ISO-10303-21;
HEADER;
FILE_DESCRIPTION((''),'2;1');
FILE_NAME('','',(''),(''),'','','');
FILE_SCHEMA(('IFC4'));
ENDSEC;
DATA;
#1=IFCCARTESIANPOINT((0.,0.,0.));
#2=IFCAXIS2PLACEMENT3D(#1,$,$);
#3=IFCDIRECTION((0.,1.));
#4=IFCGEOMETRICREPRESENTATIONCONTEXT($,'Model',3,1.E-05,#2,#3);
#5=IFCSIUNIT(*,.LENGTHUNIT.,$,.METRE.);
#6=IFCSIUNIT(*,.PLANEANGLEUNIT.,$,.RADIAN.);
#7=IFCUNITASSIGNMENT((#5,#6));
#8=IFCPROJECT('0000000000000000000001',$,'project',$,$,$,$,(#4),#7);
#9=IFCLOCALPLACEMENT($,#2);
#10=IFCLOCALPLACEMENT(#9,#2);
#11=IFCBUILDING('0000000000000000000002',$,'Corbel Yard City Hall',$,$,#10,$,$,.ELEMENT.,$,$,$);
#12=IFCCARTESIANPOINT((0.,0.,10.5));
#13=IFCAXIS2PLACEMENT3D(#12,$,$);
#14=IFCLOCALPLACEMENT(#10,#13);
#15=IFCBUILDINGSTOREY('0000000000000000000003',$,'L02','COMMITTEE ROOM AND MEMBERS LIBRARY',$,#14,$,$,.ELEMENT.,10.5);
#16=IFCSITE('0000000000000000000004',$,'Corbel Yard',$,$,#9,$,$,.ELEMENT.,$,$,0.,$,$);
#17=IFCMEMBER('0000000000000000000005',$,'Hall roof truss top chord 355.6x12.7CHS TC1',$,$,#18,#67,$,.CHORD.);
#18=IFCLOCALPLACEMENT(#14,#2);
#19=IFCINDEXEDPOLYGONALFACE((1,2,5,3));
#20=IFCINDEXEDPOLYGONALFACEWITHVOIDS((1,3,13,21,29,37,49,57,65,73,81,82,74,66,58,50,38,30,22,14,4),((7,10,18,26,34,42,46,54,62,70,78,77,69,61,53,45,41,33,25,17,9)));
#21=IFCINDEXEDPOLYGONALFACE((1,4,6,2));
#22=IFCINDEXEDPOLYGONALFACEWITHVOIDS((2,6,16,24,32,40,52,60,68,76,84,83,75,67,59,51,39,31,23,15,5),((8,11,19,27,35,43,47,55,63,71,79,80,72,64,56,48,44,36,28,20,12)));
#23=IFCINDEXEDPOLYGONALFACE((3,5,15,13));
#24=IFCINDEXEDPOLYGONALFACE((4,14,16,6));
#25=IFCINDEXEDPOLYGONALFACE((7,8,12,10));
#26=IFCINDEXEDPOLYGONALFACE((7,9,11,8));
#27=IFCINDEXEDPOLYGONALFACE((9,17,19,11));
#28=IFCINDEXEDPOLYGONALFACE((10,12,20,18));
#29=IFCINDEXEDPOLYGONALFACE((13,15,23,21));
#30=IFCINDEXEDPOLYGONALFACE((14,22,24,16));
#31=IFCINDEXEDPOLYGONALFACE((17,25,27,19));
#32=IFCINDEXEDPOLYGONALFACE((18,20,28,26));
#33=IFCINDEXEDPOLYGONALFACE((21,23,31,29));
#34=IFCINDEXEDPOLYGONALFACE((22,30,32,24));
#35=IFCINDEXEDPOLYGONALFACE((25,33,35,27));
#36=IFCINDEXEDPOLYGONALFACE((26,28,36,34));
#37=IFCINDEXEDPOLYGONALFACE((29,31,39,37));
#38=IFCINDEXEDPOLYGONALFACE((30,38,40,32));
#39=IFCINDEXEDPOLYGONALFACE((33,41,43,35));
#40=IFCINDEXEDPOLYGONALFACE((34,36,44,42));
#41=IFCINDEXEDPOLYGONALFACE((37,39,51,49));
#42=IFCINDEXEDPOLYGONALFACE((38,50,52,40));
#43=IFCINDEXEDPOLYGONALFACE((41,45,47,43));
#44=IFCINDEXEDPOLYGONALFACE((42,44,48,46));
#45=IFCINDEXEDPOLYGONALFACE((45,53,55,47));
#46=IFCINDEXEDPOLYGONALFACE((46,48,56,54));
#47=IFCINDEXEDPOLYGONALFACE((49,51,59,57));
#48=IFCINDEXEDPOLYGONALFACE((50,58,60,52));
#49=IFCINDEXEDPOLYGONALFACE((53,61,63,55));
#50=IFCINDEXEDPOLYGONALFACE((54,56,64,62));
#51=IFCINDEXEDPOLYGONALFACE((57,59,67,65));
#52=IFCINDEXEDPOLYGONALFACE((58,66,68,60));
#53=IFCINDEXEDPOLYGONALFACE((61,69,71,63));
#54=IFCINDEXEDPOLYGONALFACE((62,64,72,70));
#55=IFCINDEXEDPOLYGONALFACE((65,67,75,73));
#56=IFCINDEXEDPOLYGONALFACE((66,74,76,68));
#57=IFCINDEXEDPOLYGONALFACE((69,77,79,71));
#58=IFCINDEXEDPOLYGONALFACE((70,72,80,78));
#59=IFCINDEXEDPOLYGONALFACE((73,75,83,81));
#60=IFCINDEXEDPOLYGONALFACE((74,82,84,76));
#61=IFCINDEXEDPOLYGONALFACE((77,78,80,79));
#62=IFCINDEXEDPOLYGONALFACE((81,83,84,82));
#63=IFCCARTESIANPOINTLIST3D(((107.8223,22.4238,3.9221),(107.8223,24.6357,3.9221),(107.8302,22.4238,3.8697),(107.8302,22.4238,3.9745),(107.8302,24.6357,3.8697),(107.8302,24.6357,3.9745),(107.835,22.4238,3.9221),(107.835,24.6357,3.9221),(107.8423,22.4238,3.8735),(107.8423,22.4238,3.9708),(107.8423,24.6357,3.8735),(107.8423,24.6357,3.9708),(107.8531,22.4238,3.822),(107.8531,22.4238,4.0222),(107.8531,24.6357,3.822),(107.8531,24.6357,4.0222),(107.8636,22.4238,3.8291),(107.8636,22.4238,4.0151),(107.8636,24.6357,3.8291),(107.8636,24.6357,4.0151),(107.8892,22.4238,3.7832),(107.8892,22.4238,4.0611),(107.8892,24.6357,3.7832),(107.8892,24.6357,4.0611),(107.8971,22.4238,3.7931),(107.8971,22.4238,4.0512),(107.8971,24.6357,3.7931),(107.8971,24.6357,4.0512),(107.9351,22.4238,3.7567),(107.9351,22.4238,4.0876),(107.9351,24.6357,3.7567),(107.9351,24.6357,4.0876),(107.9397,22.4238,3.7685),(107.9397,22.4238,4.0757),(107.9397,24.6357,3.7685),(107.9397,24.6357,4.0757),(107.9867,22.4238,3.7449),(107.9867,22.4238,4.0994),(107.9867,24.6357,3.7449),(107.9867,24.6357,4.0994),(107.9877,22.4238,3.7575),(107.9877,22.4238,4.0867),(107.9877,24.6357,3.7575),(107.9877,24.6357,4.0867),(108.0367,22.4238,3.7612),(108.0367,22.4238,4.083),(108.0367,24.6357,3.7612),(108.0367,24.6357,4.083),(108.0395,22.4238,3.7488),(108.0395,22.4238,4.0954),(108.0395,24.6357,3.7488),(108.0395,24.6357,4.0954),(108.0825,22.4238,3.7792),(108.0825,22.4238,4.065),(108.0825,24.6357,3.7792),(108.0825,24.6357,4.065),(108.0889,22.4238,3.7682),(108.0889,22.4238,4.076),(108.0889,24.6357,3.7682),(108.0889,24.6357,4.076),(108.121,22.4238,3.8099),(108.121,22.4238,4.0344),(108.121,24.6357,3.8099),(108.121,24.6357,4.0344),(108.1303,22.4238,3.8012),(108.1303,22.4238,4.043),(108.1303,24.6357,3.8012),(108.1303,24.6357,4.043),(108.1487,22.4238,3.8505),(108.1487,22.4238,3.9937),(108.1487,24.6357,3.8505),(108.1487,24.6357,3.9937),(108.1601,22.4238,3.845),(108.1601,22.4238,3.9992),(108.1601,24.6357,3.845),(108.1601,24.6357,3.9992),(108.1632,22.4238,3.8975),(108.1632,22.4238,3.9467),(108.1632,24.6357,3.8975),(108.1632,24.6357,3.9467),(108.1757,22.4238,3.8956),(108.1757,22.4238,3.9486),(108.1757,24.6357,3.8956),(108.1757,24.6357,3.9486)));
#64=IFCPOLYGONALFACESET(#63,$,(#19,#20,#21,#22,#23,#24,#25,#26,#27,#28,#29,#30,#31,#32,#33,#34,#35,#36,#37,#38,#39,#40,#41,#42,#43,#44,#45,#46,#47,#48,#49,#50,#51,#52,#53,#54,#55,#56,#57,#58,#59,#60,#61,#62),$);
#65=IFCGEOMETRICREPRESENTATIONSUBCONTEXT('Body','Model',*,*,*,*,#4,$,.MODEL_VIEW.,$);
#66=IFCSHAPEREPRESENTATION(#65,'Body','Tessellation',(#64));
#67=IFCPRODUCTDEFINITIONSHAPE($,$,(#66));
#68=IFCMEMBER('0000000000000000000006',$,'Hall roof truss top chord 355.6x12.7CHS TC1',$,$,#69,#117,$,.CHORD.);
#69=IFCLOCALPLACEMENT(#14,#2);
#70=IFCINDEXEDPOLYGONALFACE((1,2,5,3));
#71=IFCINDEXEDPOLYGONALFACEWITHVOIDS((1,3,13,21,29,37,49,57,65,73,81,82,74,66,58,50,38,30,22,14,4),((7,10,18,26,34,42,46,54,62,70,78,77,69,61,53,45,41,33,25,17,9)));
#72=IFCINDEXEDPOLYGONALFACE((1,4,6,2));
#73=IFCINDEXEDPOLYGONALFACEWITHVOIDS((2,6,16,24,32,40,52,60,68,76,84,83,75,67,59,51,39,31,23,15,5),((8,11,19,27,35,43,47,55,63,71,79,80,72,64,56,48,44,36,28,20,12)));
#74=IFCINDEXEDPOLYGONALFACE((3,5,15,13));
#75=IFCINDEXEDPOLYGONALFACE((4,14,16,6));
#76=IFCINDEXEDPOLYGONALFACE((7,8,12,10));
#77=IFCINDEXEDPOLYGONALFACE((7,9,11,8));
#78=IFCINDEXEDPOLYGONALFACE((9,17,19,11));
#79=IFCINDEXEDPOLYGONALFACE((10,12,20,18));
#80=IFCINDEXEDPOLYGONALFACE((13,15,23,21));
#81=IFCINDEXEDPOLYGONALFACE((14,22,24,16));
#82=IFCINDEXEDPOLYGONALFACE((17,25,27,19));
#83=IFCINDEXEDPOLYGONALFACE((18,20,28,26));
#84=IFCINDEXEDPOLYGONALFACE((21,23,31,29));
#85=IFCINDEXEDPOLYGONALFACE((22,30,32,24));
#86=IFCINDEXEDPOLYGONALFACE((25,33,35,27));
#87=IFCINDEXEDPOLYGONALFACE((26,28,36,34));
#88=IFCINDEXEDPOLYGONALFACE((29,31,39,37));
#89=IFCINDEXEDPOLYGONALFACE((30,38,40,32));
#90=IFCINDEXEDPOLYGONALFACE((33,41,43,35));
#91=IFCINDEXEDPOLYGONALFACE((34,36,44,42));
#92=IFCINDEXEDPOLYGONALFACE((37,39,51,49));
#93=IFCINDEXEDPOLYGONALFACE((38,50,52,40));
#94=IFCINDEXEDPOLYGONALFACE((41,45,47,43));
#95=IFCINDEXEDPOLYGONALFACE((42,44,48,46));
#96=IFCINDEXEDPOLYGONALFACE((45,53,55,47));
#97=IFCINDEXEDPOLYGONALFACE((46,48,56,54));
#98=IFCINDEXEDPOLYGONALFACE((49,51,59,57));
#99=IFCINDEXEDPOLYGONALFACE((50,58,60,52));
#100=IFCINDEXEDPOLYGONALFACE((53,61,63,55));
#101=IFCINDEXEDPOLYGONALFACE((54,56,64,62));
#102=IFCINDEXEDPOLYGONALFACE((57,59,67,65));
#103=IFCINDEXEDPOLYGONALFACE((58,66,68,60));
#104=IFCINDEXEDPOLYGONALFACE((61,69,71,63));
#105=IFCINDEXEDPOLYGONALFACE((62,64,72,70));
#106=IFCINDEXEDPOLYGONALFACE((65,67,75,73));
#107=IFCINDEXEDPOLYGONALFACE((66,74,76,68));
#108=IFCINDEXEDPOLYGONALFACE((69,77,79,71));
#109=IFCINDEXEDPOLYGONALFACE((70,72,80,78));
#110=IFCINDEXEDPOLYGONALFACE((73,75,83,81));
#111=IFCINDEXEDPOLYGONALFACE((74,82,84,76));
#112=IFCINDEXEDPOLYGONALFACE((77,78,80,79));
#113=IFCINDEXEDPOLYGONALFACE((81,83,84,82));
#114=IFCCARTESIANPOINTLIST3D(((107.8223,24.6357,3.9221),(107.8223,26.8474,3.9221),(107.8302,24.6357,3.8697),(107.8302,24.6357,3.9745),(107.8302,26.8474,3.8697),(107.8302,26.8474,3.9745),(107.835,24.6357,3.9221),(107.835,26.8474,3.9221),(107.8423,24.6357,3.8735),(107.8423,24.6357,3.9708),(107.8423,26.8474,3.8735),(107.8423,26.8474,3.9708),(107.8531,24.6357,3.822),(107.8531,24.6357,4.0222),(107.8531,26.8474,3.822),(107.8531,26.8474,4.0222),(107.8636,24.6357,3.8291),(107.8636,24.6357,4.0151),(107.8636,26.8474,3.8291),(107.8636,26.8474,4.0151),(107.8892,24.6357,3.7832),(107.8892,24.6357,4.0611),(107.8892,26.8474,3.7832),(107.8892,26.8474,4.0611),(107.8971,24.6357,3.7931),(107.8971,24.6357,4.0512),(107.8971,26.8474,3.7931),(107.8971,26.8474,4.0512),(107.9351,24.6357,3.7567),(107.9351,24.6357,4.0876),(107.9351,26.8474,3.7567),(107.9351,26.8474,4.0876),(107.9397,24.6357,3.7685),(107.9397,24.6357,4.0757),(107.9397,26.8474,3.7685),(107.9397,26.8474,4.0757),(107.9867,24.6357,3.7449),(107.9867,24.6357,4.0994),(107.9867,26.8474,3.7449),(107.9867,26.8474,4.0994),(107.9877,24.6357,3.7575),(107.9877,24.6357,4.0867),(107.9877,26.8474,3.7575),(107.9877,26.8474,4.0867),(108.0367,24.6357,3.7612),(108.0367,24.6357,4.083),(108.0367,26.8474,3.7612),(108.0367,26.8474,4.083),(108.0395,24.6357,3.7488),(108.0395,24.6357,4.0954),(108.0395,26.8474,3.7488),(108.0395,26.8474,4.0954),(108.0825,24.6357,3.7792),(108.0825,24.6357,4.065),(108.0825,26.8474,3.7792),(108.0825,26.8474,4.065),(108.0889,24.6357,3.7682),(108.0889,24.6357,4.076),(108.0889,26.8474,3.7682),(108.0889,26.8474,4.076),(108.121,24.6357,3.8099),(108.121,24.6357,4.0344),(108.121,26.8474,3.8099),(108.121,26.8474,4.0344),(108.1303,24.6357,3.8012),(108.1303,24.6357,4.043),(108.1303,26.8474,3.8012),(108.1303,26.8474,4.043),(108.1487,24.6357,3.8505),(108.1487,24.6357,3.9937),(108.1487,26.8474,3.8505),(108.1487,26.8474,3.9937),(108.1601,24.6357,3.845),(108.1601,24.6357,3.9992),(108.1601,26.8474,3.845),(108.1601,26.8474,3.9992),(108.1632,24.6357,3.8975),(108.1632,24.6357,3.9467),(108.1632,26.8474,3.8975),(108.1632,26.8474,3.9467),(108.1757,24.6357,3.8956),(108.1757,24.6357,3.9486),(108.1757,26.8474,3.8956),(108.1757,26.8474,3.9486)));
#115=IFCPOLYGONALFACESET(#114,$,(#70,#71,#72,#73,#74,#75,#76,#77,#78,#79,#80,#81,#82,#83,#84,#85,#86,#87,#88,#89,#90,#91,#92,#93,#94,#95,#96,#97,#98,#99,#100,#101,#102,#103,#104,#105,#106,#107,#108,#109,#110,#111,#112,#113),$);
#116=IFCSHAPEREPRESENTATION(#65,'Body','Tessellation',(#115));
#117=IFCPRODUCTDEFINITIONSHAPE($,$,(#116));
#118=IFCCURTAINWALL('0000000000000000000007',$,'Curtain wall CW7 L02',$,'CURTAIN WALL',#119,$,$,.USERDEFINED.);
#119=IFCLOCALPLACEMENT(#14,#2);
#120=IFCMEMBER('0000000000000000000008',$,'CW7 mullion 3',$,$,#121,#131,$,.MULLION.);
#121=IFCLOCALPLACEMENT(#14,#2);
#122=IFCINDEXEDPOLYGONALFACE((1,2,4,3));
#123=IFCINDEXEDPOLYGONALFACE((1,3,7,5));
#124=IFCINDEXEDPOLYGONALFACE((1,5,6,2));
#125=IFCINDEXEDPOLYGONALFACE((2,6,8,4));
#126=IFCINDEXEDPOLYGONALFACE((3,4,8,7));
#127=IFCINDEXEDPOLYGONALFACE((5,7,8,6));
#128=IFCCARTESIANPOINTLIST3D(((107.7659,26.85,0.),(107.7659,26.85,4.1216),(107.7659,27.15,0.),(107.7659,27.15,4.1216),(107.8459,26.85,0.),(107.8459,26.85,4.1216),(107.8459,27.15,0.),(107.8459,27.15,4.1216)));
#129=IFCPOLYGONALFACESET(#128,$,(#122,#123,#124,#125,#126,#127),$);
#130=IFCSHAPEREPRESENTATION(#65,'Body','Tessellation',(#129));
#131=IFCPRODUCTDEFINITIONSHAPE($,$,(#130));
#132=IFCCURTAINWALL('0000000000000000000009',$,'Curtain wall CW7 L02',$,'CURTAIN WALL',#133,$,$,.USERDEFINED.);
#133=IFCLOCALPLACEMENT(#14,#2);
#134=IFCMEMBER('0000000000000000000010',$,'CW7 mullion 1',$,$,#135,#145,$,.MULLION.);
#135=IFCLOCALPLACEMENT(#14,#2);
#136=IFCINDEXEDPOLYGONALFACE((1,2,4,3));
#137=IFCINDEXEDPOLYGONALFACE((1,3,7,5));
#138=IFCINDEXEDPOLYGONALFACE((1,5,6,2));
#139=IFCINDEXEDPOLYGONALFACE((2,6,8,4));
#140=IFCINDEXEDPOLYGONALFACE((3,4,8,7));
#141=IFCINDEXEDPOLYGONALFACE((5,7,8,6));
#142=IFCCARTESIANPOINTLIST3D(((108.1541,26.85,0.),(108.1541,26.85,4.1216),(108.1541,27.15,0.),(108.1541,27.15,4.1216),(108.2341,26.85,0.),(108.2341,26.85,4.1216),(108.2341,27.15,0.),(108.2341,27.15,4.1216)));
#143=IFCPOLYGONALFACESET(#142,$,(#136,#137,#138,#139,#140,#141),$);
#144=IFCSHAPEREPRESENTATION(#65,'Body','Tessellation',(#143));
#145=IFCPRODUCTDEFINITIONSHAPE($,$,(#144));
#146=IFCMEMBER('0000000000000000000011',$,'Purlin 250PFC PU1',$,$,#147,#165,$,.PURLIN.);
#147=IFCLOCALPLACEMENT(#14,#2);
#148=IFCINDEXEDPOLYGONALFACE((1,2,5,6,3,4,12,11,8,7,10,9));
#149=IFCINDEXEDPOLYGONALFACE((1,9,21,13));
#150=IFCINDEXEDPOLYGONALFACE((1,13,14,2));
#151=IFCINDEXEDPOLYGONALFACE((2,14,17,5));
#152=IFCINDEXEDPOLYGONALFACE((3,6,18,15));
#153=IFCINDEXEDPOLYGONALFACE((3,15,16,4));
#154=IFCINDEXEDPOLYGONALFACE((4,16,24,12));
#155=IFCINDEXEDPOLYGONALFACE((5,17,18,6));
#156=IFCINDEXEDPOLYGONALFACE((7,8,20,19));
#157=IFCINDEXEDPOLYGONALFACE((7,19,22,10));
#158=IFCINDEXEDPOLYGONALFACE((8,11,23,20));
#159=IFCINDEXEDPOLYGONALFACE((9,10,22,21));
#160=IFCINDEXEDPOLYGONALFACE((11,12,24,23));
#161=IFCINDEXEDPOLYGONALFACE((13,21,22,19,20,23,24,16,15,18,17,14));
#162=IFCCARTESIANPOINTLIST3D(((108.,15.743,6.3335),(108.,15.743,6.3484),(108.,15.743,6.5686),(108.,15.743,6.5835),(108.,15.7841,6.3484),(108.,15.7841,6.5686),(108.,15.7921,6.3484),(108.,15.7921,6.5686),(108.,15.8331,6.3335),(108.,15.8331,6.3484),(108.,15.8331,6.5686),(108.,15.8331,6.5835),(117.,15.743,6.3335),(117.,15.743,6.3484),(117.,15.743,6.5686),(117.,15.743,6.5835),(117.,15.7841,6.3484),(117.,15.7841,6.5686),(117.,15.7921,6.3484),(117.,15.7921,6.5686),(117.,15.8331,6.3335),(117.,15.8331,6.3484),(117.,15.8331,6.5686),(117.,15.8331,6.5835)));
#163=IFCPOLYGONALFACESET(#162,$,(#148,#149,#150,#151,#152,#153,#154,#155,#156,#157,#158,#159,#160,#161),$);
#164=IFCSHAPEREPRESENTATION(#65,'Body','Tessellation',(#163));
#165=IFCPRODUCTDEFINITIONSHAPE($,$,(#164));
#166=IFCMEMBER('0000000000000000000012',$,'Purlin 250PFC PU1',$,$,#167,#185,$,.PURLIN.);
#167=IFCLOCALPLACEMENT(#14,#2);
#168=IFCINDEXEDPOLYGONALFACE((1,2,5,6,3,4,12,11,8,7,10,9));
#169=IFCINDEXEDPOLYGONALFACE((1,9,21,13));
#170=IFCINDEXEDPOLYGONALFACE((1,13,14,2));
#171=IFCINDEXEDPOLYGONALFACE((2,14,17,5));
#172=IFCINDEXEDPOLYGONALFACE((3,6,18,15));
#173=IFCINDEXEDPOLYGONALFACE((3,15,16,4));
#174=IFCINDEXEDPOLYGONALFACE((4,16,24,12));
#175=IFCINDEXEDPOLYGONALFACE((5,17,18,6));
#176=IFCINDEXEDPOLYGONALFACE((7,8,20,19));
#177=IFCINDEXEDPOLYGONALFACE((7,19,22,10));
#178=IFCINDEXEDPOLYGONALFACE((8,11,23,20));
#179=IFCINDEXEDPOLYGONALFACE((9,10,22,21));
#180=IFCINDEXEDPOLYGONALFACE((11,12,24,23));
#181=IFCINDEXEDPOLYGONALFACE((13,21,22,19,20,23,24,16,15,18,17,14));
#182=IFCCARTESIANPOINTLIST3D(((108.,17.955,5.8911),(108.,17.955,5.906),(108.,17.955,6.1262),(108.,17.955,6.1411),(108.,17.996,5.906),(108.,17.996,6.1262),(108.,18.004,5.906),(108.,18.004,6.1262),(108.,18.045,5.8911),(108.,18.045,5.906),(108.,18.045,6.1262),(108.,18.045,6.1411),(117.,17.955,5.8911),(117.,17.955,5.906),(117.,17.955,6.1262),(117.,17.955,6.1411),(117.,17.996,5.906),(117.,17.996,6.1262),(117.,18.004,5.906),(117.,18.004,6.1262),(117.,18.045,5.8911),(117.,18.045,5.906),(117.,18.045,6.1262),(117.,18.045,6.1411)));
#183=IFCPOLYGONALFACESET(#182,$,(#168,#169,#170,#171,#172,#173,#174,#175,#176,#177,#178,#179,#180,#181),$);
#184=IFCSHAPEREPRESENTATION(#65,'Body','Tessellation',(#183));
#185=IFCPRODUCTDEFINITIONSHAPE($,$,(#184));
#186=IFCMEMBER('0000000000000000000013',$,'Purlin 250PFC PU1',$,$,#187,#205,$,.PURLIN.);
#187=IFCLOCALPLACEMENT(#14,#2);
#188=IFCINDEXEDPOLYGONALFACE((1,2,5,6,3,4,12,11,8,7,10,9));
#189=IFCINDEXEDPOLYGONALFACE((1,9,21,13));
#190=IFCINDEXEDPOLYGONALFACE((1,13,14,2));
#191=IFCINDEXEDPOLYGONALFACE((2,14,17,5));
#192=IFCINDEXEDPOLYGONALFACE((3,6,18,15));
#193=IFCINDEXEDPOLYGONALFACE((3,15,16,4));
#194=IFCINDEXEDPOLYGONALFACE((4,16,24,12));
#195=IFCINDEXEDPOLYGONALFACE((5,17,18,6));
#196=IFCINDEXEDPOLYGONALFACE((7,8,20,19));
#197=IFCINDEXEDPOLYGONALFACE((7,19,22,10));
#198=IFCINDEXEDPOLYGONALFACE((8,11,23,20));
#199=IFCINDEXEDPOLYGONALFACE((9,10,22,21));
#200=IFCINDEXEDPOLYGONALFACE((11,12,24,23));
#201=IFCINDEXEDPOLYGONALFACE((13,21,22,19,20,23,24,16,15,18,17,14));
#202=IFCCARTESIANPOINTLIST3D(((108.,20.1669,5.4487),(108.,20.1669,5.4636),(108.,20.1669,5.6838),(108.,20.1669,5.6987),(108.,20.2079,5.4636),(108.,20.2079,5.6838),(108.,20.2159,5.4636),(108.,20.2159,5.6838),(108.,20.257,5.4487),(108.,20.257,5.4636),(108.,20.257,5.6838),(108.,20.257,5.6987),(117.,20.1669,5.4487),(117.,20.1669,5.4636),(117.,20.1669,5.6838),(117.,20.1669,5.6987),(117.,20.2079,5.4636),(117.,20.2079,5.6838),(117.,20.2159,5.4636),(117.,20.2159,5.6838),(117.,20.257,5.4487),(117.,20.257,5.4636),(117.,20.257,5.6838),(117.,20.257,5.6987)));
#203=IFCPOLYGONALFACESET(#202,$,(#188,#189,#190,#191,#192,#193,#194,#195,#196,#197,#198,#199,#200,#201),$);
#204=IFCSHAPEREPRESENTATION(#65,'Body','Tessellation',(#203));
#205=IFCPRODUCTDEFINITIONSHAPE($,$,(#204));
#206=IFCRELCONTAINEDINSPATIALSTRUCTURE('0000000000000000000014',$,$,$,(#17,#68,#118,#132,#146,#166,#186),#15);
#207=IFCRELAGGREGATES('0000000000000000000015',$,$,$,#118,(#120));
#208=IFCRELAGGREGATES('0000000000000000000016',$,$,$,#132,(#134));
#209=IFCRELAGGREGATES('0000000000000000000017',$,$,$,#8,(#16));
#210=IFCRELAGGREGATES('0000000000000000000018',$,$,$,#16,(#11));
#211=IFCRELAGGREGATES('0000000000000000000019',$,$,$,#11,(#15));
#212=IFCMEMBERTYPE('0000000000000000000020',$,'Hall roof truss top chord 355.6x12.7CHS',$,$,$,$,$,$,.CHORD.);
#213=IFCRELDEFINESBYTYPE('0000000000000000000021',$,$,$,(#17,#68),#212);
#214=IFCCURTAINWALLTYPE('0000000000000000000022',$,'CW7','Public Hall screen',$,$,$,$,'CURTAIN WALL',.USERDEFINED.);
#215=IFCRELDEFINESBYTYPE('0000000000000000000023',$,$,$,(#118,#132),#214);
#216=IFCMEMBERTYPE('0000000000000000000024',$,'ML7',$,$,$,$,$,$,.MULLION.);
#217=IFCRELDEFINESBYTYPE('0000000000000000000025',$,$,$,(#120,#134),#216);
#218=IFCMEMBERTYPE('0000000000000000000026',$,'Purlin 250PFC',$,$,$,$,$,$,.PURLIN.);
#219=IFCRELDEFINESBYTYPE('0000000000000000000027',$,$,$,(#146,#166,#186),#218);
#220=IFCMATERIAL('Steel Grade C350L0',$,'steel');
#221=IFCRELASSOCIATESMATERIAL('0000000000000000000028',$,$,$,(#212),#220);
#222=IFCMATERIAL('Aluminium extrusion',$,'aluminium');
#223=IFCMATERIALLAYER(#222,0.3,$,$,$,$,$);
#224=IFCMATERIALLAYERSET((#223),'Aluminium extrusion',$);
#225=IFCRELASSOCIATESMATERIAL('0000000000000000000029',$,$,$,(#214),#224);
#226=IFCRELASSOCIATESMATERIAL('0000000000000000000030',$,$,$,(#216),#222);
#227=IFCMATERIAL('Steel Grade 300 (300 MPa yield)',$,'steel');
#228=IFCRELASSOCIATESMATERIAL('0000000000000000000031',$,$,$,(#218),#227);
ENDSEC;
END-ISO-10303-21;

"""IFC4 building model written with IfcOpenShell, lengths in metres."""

from ifc_helpers import new_model, si_unit, direction, frame, origin, origin_2d, place, context, subcontext, project, spatial, rectangle, hollow_circle, i_section, extrude, material, layer, layer_set, material_profile, profile_set, type_object, element, aggregate, save


model = new_model("IFC4")

# Units and contexts
model_context = context("Model", 3, precision=1e-05, world=origin(), true_north=direction((0.0, 1.0)))
body_context = subcontext(model_context, "Body", "Model", "MODEL_VIEW")
ifc_project = project(units=[si_unit("LENGTHUNIT", "METRE"), si_unit("PLANEANGLEUNIT", "RADIAN")], contexts=[model_context])

# Site, building, storey
site_placement = place(None, origin())
site = spatial("IfcSite", under=ifc_project, at=site_placement, Name="Corbel Yard", CompositionType="ELEMENT", RefElevation=0.0)
building_placement = place(site_placement, origin())
building = spatial("IfcBuilding", under=site, at=building_placement, Name="Corbel Yard City Hall", CompositionType="ELEMENT")
storey_placement = place(building_placement, frame((0.0, 0.0, 10.5)))
storey = spatial("IfcBuildingStorey", under=building, at=storey_placement, Name="L02", Description="COMMITTEE ROOM AND MEMBERS LIBRARY", CompositionType="ELEMENT", Elevation=10.5)

# Shared definitions
ifc_material_1 = material(Name="Steel Grade 300 (300 MPa yield)", Category="steel")

# Members
ifc_material_2 = material(Name="Steel Grade C350L0", Category="steel")
ifc_material_profile_1 = material_profile(ifc_material_2, hollow_circle(Radius=0.1777, WallThickness=0.0127, at=origin_2d()), Name="355.6x12.7CHS")
ifc_profile_set_1 = profile_set([ifc_material_profile_1], Name="Steel Grade C350L0")
member_type_1 = type_object("IfcMemberType", Name="Hall roof truss top chord 355.6x12.7CHS", PredefinedType="CHORD", material=ifc_profile_set_1)
for number, where, z_axis, x_axis, name in (
    (1, (108.0, 22.4238, 3.9221), (0.0, 1.0, 0.0), (-1.0, 0.0, 0.0), "Hall roof truss top chord 355.6x12.7CHS TC1"),
):
    element("IfcMember", number, at=place(storey_placement, frame(where, z_axis=z_axis, x_axis=x_axis)), inside=storey, type_object=member_type_1, Name=name, PredefinedType="CHORD", context=body_context, shape_type="SweptSolid", body=[
        extrude(hollow_circle(Radius=0.1777, WallThickness=0.0127, at=origin_2d()), origin(), (0.0, 0.0, 1.0), 2.2119),
    ])
member_1_placement = place(storey_placement, frame((108.0, 24.6357, 3.9221), z_axis=(0.0, 1.0, 0.0), x_axis=(-1.0, 0.0, 0.0)))
element("IfcMember", 2, at=member_1_placement, inside=storey, type_object=member_type_1, Name="Hall roof truss top chord 355.6x12.7CHS TC1", PredefinedType="CHORD", context=body_context, shape_type="SweptSolid", body=[
    extrude(hollow_circle(Radius=0.1777, WallThickness=0.0127, at=origin_2d()), origin(), (0.0, 0.0, 1.0), 2.2117),
])

# Curtain walls, members
ifc_material_3 = material(Name="Aluminium extrusion", Category="aluminium")
ifc_layer_1 = layer(ifc_material_3, 0.3)
ifc_layer_set_1 = layer_set([ifc_layer_1], Name="Aluminium extrusion")
curtain_wall_type = type_object("IfcCurtainWallType", Name="CW7", Description="Public Hall screen", ElementType="CURTAIN WALL", PredefinedType="USERDEFINED", material=ifc_layer_set_1)
curtain_wall_1_placement = place(storey_placement, origin())
curtain_wall_1 = element("IfcCurtainWall", 3, at=curtain_wall_1_placement, inside=storey, type_object=curtain_wall_type, Name="Curtain wall CW7 L02", ObjectType="CURTAIN WALL", PredefinedType="USERDEFINED")
ifc_material_profile_2 = material_profile(ifc_material_3, rectangle(XDim=0.3, YDim=0.0801, at=origin_2d()), Name="300x80")
ifc_profile_set_2 = profile_set([ifc_material_profile_2], Name="Aluminium extrusion")
member_type_2 = type_object("IfcMemberType", Name="ML7", PredefinedType="MULLION", material=ifc_profile_set_2)
member_2_placement = place(storey_placement, frame((107.8059, 27.0, 0.0), z_axis=(0.0, 0.0, 1.0), x_axis=(0.0, 1.0, 0.0)))
member_2 = element("IfcMember", 4, at=member_2_placement, type_object=member_type_2, Name="CW7 mullion 3", PredefinedType="MULLION", context=body_context, shape_type="SweptSolid", body=[
    extrude(rectangle(XDim=0.3, YDim=0.0801, at=origin_2d()), origin(), (0.0, 0.0, 1.0), 4.1216),
])
curtain_wall_2_placement = place(storey_placement, origin())
curtain_wall_2 = element("IfcCurtainWall", 5, at=curtain_wall_2_placement, inside=storey, type_object=curtain_wall_type, Name="Curtain wall CW7 L02", ObjectType="CURTAIN WALL", PredefinedType="USERDEFINED")
member_3_placement = place(storey_placement, frame((108.1941, 27.0, 0.0), z_axis=(0.0, 0.0, 1.0), x_axis=(0.0, 1.0, 0.0)))
member_3 = element("IfcMember", 6, at=member_3_placement, type_object=member_type_2, Name="CW7 mullion 1", PredefinedType="MULLION", context=body_context, shape_type="SweptSolid", body=[
    extrude(rectangle(XDim=0.3, YDim=0.0801, at=origin_2d()), origin(), (0.0, 0.0, 1.0), 4.1216),
])

# Members
ifc_material_profile_3 = material_profile(ifc_material_1, i_section(OverallWidth=0.0901, OverallDepth=0.25, WebThickness=0.0081, FlangeThickness=0.0149, at=origin_2d()), Name="250PFC")
ifc_profile_set_3 = profile_set([ifc_material_profile_3], Name="Steel Grade 300 (300 MPa yield)")
member_type_3 = type_object("IfcMemberType", Name="Purlin 250PFC", PredefinedType="PURLIN", material=ifc_profile_set_3)
for number, where, z_axis, x_axis, name in (
    (7, (108.0, 15.7881, 6.4585), (1.0, 0.0, 0.0), (0.0, 1.0, 0.0), "Purlin 250PFC PU1"),
    (8, (108.0, 18.0, 6.0161), (1.0, 0.0, 0.0), (0.0, 1.0, 0.0), "Purlin 250PFC PU1"),
    (9, (108.0, 20.2119, 5.5737), (1.0, 0.0, 0.0), (0.0, 1.0, 0.0), "Purlin 250PFC PU1"),
):
    element("IfcMember", number, at=place(storey_placement, frame(where, z_axis=z_axis, x_axis=x_axis)), inside=storey, type_object=member_type_3, Name=name, PredefinedType="PURLIN", context=body_context, shape_type="SweptSolid", body=[
        extrude(i_section(OverallWidth=0.0901, OverallDepth=0.25, WebThickness=0.0081, FlangeThickness=0.0149, at=origin_2d()), origin(), (0.0, 0.0, 1.0), 9.0),
    ])

aggregate(curtain_wall_1, [member_2])
aggregate(curtain_wall_2, [member_3])

save(model, "model.ifc")
